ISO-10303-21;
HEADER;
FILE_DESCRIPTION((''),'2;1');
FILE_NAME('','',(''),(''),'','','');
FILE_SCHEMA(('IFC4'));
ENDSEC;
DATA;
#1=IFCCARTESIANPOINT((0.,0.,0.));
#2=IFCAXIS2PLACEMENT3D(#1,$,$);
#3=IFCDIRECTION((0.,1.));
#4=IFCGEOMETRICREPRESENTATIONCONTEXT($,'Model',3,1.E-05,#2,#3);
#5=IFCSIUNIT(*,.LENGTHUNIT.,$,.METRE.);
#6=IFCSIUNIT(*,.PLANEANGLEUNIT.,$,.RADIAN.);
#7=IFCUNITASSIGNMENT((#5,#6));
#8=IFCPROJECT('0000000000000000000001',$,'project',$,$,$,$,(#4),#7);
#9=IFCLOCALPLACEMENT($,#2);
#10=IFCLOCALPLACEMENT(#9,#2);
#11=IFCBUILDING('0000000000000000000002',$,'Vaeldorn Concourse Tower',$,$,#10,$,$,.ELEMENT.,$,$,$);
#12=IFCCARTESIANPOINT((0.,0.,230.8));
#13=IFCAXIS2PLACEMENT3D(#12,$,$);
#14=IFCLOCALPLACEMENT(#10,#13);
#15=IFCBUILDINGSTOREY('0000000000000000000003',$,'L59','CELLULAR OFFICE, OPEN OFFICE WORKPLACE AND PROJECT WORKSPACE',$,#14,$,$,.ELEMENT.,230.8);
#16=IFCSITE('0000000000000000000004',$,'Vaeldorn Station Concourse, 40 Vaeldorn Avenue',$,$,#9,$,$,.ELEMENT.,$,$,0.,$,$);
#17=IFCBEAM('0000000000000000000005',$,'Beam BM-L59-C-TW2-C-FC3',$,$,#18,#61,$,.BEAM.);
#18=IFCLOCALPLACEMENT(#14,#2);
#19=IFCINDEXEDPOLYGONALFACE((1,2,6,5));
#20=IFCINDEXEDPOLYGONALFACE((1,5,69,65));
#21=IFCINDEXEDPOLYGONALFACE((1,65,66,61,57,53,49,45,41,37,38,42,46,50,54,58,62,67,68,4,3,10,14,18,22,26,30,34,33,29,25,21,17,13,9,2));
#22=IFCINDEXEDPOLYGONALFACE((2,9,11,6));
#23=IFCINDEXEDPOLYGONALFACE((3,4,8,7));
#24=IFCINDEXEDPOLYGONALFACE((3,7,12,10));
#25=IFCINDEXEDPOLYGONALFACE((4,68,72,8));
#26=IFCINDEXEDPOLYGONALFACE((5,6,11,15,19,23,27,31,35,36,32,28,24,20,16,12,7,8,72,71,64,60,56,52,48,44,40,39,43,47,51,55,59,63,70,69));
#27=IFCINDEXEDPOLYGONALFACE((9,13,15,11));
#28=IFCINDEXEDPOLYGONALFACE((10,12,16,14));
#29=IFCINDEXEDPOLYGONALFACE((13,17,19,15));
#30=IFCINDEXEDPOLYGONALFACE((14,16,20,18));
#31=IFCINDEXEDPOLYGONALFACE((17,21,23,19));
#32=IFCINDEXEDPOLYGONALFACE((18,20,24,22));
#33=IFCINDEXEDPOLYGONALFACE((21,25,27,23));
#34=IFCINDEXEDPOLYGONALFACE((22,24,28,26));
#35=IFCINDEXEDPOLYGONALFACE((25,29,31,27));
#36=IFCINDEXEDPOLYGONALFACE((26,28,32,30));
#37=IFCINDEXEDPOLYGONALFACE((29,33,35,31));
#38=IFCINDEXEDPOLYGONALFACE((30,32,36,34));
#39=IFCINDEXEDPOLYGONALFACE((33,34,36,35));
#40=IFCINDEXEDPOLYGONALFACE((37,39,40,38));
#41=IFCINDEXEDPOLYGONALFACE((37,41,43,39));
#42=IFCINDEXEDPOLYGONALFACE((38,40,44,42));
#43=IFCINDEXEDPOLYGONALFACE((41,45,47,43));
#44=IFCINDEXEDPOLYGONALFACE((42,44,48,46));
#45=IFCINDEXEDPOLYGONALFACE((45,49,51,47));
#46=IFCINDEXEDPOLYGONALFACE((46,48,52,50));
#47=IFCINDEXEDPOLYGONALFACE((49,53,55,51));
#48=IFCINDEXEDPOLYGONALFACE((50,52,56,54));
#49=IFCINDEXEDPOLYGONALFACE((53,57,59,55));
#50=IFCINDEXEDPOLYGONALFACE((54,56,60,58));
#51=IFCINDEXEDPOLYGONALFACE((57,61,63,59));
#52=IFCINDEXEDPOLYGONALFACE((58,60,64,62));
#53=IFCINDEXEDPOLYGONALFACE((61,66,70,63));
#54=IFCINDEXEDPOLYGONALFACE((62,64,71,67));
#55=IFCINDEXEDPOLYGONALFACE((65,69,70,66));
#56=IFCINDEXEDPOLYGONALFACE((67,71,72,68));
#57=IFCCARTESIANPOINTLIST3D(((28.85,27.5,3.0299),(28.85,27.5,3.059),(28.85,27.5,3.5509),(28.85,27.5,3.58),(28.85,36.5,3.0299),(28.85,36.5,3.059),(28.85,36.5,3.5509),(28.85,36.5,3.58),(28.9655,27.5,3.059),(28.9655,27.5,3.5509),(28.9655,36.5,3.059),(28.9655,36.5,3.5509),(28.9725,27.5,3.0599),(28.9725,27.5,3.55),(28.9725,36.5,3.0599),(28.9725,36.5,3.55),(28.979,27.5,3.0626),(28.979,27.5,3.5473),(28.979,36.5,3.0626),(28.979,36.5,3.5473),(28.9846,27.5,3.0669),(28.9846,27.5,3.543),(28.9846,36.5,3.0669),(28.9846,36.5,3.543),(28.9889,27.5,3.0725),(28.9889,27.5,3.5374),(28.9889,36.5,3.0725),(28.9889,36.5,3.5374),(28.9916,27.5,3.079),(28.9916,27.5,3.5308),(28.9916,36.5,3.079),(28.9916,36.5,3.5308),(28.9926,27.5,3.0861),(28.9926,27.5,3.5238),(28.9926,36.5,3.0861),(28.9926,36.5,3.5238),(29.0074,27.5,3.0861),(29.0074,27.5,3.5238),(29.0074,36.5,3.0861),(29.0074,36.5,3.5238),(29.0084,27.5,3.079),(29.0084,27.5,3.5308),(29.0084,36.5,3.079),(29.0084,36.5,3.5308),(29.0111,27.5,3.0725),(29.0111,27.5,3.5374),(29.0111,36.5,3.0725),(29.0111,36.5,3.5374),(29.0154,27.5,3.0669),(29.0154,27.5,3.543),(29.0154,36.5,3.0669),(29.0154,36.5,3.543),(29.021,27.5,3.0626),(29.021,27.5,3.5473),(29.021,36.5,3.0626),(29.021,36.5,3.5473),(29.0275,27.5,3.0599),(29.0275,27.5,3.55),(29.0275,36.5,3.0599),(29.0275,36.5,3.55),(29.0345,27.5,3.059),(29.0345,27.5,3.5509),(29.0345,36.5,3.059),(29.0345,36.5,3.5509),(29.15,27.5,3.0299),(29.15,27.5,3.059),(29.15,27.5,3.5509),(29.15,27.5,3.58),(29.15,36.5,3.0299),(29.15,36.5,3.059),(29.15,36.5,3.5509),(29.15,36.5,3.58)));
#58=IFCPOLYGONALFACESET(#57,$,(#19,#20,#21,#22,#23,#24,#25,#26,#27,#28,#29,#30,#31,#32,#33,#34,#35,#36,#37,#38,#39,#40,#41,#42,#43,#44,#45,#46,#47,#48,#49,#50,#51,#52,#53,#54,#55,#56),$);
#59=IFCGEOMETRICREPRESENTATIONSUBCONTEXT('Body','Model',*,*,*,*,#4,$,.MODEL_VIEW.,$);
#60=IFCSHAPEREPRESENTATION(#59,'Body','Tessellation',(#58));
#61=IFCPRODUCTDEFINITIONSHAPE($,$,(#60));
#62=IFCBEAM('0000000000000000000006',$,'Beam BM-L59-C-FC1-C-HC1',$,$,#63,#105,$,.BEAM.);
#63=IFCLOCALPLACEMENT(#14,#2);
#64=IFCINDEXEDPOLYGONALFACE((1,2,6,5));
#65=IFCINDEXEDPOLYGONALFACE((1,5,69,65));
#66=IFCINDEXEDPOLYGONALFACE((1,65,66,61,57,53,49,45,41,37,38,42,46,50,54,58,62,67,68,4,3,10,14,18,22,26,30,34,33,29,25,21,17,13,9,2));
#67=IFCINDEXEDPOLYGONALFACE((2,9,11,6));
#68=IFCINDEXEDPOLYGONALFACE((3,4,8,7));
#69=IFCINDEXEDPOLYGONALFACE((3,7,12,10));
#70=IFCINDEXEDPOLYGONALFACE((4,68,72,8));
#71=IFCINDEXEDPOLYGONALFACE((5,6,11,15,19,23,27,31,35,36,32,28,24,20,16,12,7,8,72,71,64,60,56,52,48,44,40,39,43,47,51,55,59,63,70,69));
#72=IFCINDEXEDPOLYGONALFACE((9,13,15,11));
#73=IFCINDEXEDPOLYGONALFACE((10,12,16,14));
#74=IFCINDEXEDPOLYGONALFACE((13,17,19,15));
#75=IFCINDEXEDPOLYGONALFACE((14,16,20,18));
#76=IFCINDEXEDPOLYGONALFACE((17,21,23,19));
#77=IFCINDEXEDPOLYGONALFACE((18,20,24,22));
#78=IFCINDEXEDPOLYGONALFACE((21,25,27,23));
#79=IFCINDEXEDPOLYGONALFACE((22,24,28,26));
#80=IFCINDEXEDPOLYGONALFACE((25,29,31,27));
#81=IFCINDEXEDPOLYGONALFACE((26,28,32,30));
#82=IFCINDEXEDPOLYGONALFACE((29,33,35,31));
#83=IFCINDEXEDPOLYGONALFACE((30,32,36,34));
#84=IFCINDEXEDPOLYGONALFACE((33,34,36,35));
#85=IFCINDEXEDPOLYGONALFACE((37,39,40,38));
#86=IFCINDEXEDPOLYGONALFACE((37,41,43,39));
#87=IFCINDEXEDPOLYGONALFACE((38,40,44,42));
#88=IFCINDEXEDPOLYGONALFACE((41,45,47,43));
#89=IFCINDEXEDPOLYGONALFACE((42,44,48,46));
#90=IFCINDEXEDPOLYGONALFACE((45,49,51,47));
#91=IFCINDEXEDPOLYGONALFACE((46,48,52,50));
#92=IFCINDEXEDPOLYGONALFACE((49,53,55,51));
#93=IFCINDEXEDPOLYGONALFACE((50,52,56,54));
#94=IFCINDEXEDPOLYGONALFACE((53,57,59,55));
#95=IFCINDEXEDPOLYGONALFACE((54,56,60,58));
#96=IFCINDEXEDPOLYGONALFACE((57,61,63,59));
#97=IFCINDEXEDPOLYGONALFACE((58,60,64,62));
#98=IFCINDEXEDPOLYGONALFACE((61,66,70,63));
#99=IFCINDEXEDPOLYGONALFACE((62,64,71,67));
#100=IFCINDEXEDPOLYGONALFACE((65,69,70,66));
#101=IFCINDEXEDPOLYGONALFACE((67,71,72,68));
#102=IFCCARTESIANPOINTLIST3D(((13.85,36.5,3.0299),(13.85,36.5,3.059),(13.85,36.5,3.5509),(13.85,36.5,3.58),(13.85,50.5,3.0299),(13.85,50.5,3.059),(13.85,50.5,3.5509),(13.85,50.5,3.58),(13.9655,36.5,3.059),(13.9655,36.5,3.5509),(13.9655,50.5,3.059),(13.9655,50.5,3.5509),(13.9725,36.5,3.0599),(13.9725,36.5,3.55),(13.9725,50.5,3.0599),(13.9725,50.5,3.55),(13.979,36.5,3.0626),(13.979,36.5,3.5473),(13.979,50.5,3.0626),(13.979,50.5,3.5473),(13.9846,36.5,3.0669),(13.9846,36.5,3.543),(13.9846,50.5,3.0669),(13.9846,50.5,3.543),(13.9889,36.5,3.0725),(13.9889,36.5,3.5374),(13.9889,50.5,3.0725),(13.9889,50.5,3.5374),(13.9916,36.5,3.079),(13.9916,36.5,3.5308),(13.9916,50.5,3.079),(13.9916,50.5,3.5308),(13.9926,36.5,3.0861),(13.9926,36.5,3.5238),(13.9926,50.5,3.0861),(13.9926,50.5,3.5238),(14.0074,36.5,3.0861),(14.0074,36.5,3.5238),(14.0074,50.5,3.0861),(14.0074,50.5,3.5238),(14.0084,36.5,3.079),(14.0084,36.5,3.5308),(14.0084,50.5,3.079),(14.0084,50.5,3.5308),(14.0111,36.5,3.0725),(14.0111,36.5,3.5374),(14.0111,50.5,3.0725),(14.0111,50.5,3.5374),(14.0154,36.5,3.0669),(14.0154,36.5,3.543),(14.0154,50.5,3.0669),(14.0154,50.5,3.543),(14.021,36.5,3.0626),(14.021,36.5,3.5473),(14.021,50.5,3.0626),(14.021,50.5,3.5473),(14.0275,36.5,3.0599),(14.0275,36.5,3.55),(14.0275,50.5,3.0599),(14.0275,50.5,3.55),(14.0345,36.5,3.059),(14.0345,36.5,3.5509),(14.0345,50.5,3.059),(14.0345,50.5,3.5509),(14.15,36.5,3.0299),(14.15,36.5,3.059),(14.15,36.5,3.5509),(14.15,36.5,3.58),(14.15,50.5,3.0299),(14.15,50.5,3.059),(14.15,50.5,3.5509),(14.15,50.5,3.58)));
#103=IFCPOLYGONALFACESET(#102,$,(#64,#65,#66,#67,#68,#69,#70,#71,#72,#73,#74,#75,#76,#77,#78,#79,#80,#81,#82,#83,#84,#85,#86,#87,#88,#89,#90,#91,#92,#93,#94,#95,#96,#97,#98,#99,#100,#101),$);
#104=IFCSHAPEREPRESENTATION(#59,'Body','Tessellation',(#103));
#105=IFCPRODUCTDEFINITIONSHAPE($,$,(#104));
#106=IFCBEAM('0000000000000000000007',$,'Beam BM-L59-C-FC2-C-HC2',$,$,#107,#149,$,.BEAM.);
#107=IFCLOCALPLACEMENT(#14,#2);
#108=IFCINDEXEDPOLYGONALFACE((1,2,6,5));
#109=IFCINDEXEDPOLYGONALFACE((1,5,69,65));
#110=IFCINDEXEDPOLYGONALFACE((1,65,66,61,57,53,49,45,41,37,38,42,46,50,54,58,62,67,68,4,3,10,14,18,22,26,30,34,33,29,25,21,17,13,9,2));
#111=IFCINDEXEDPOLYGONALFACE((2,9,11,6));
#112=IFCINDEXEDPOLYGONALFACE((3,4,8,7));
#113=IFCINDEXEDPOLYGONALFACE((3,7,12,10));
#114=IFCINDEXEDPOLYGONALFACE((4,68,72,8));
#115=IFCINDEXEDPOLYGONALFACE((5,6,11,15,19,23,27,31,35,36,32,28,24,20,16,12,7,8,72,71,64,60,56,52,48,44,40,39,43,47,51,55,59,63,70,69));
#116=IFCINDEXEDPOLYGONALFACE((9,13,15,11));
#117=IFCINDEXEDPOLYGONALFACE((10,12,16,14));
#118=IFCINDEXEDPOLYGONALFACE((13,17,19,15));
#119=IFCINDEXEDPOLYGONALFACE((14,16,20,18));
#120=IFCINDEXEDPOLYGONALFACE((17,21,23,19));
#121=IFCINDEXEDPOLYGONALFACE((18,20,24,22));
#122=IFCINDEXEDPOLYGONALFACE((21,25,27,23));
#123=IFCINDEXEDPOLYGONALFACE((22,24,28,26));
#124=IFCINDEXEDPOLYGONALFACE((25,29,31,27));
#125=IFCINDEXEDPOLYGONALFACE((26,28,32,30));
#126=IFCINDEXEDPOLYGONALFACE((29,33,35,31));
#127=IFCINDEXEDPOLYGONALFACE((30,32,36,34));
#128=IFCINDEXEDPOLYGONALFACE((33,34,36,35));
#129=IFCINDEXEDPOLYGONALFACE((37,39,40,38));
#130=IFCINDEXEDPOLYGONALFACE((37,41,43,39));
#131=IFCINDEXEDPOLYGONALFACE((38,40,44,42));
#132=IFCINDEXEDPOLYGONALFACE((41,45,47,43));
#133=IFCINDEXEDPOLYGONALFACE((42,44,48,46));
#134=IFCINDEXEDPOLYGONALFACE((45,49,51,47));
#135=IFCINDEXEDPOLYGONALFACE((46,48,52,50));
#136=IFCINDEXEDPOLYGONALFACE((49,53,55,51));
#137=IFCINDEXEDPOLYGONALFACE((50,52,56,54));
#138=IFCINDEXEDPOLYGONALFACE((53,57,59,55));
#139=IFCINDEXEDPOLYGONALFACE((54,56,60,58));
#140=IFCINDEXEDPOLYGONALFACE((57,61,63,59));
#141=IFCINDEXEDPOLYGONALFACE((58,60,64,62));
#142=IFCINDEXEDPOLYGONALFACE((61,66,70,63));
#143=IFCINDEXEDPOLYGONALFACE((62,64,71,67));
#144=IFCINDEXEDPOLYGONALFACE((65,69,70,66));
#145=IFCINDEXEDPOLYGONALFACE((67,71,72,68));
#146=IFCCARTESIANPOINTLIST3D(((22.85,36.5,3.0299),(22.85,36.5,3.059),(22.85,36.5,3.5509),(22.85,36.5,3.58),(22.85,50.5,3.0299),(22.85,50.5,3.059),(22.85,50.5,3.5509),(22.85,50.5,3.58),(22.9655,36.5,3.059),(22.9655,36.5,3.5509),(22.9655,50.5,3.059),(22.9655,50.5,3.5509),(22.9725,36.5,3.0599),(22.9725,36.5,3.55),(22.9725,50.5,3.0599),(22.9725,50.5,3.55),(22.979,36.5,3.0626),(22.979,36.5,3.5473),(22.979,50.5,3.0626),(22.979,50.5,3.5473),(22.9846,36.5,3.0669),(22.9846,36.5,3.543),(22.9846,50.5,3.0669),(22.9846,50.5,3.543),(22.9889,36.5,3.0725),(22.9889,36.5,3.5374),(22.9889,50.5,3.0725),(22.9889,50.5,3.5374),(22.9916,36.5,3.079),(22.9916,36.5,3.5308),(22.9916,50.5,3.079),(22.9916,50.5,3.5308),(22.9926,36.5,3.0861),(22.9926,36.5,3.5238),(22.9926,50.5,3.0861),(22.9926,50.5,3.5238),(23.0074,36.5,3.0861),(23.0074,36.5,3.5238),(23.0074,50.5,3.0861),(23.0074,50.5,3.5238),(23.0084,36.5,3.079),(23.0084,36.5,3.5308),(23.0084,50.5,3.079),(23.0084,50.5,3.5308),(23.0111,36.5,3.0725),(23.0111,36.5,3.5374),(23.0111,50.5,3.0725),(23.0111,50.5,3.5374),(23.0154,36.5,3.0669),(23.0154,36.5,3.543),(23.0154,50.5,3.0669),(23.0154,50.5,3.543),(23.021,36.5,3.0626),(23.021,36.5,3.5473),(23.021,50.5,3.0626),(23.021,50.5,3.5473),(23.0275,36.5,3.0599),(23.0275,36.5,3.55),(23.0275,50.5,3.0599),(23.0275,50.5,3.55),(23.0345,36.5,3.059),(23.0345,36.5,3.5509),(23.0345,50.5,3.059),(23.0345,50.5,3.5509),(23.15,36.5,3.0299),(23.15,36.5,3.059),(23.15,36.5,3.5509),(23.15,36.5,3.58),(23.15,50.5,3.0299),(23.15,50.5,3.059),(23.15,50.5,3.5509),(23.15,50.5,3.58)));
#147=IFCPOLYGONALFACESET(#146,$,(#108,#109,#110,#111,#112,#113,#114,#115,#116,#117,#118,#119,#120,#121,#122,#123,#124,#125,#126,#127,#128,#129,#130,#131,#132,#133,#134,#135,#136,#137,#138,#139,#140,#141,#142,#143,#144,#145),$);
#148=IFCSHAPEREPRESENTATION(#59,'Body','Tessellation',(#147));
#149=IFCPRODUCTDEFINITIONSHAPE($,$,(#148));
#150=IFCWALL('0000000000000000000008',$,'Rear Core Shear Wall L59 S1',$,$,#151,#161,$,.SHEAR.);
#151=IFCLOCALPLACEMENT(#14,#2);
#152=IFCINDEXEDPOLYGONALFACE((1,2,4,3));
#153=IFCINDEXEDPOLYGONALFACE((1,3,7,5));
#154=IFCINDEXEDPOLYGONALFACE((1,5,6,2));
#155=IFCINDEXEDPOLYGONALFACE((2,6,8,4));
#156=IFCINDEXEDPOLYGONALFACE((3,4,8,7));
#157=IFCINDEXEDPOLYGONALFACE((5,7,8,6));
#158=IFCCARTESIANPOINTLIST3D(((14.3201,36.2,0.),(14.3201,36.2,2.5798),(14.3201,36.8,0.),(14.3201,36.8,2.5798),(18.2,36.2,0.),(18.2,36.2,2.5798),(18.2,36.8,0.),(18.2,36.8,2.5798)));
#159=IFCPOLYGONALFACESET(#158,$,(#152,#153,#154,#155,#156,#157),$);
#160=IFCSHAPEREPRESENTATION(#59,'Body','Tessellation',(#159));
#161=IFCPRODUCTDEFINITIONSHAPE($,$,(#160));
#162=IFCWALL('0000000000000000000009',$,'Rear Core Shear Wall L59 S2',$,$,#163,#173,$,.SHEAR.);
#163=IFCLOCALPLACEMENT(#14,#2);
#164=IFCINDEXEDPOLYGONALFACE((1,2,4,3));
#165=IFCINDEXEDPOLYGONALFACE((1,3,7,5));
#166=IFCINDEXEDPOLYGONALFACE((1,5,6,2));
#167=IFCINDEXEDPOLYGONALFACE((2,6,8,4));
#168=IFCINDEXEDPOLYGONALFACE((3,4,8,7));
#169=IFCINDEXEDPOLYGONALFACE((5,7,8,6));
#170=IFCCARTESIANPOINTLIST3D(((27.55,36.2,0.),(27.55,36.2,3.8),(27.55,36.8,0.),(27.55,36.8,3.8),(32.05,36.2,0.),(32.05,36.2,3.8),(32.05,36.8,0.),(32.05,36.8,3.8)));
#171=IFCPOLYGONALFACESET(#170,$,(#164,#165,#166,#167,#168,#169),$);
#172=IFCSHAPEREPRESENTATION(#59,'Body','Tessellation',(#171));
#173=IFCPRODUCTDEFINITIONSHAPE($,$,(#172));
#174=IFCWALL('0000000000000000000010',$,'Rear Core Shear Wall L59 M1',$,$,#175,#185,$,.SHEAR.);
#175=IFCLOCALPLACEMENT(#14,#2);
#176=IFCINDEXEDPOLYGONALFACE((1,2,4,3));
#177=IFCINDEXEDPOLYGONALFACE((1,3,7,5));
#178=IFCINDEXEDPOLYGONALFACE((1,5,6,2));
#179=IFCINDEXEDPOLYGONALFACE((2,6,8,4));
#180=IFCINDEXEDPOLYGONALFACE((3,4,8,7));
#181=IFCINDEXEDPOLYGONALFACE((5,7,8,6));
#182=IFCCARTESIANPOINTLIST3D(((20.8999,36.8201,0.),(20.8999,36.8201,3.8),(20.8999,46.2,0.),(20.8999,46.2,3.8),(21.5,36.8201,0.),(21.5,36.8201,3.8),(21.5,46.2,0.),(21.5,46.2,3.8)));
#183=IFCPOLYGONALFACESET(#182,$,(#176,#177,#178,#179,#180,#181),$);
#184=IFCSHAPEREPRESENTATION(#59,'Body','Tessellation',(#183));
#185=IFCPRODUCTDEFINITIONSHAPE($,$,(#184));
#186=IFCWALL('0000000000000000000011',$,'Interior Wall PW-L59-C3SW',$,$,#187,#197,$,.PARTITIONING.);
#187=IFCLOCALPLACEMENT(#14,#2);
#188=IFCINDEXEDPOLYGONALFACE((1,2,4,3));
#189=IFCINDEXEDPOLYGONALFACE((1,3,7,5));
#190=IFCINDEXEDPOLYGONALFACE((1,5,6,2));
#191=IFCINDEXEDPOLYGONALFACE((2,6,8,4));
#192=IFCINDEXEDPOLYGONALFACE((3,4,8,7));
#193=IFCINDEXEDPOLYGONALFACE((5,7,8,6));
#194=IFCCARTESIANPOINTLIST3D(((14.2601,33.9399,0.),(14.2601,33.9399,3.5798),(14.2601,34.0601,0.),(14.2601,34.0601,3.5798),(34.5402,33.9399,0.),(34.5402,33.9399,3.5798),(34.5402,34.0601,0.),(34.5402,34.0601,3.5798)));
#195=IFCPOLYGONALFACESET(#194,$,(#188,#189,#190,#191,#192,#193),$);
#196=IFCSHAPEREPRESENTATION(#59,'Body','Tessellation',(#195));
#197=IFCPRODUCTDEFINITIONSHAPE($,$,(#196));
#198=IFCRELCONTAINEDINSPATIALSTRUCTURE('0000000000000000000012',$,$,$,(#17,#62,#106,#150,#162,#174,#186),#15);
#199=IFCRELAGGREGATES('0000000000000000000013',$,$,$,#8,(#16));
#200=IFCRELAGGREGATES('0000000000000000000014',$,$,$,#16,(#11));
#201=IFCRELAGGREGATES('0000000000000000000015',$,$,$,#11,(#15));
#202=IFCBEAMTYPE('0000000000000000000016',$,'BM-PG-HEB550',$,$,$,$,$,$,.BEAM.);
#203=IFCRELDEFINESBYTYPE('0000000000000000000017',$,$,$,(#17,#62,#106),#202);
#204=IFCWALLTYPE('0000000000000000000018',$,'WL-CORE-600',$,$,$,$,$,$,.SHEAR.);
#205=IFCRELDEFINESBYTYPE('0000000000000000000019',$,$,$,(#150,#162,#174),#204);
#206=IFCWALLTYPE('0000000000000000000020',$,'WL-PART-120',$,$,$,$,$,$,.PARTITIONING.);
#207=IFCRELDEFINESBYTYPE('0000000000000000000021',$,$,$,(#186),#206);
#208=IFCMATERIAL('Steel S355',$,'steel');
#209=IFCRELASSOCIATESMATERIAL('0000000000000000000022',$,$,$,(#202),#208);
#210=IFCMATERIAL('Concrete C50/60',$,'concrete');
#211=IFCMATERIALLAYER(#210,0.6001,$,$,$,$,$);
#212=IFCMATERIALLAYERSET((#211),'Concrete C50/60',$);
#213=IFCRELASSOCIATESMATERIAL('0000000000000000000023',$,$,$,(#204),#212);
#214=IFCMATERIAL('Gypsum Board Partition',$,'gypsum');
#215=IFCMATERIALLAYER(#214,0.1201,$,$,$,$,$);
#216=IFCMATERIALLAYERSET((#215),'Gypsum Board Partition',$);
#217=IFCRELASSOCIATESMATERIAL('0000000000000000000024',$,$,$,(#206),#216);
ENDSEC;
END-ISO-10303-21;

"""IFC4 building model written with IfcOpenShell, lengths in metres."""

from ifc_helpers import new_model, si_unit, direction, frame, frame_2d, origin, origin_2d, place, context, subcontext, project, spatial, rectangle, i_section, extrude, source, transform, mapped, material, layer, layer_set, material_profile, profile_set, type_object, element, save


model = new_model("IFC4")

# Units and contexts
model_context = context("Model", 3, precision=1e-05, world=origin(), true_north=direction((0.0, 1.0)))
body_context = subcontext(model_context, "Body", "Model", "MODEL_VIEW")
ifc_project = project(units=[si_unit("LENGTHUNIT", "METRE"), si_unit("PLANEANGLEUNIT", "RADIAN")], contexts=[model_context])

# Site, building, storey
site_placement = place(None, origin())
site = spatial("IfcSite", under=ifc_project, at=site_placement, Name="Vaeldorn Station Concourse, 40 Vaeldorn Avenue", CompositionType="ELEMENT", RefElevation=0.0)
building_placement = place(site_placement, origin())
building = spatial("IfcBuilding", under=site, at=building_placement, Name="Vaeldorn Concourse Tower", CompositionType="ELEMENT")
storey_placement = place(building_placement, frame((0.0, 0.0, 230.8)))
storey = spatial("IfcBuildingStorey", under=building, at=storey_placement, Name="L59", Description="CELLULAR OFFICE, OPEN OFFICE WORKPLACE AND PROJECT WORKSPACE", CompositionType="ELEMENT", Elevation=230.8)

# Shared definitions
ifc_material_1 = material(Name="Steel S355", Category="steel")

# Beams
ifc_material_profile_1 = material_profile(ifc_material_1, i_section(OverallWidth=0.3, OverallDepth=0.55, WebThickness=0.0149, FlangeThickness=0.0291, FilletRadius=0.0271, at=origin_2d()), Name="HEB 550")
ifc_profile_set_1 = profile_set([ifc_material_profile_1], Name="Steel S355")
beam_type_1 = type_object("IfcBeamType", Name="BM-PG-HEB550", PredefinedType="BEAM", material=ifc_profile_set_1)
shared_shape_1 = source(origin(), body_context, "Body", "SweptSolid", [
    extrude(i_section(OverallWidth=0.3, OverallDepth=0.55, WebThickness=0.0149, FlangeThickness=0.0291, FilletRadius=0.0271, at=origin_2d()), origin(), (0.0, 0.0, 1.0), 9.0),
])
for number, where, z_axis, x_axis, name in (
    (1, (29.0, 27.5, 3.3049), (0.0, 1.0, 0.0), (-1.0, 0.0, 0.0), "Beam BM-L59-C-TW2-C-FC3"),
):
    element("IfcBeam", number, at=place(storey_placement, frame(where, z_axis=z_axis, x_axis=x_axis)), inside=storey, type_object=beam_type_1, Name=name, PredefinedType="BEAM", context=body_context, shape_type="MappedRepresentation", body=[
        mapped(shared_shape_1, transform((0.0, 0.0, 0.0), scale=1.0)),
    ])
shared_shape_2 = source(origin(), body_context, "Body", "SweptSolid", [
    extrude(i_section(OverallWidth=0.3, OverallDepth=0.55, WebThickness=0.0149, FlangeThickness=0.0291, FilletRadius=0.0271, at=origin_2d()), origin(), (0.0, 0.0, 1.0), 14.0),
])
for number, where, z_axis, x_axis, name in (
    (2, (14.0, 36.5, 3.3049), (0.0, 1.0, 0.0), (-1.0, 0.0, 0.0), "Beam BM-L59-C-FC1-C-HC1"),
    (3, (23.0, 36.5, 3.3049), (0.0, 1.0, 0.0), (-1.0, 0.0, 0.0), "Beam BM-L59-C-FC2-C-HC2"),
):
    element("IfcBeam", number, at=place(storey_placement, frame(where, z_axis=z_axis, x_axis=x_axis)), inside=storey, type_object=beam_type_1, Name=name, PredefinedType="BEAM", context=body_context, shape_type="MappedRepresentation", body=[
        mapped(shared_shape_2, transform((0.0, 0.0, 0.0), scale=1.0)),
    ])

# Walls
ifc_material_2 = material(Name="Concrete C50/60", Category="concrete")
ifc_layer_1 = layer(ifc_material_2, 0.6001)
ifc_layer_set_1 = layer_set([ifc_layer_1], Name="Concrete C50/60")
wall_type_1 = type_object("IfcWallType", Name="WL-CORE-600", PredefinedType="SHEAR", material=ifc_layer_set_1)
wall_1_placement = place(storey_placement, frame((14.3201, 36.5, 0.0), z_axis=(0.0, 0.0, 1.0), x_axis=(1.0, 0.0, 0.0)))
element("IfcWall", 4, at=wall_1_placement, inside=storey, type_object=wall_type_1, Name="Rear Core Shear Wall L59 S1", PredefinedType="SHEAR", context=body_context, shape_type="SweptSolid", body=[
    extrude(rectangle(XDim=3.8799, YDim=0.6001, at=frame_2d((1.9399, 0.0))), origin(), (0.0, 0.0, 1.0), 2.5798),
])
wall_2_placement = place(storey_placement, frame((27.55, 36.5, 0.0), z_axis=(0.0, 0.0, 1.0), x_axis=(1.0, 0.0, 0.0)))
element("IfcWall", 5, at=wall_2_placement, inside=storey, type_object=wall_type_1, Name="Rear Core Shear Wall L59 S2", PredefinedType="SHEAR", context=body_context, shape_type="SweptSolid", body=[
    extrude(rectangle(XDim=4.5, YDim=0.6001, at=frame_2d((2.25, 0.0))), origin(), (0.0, 0.0, 1.0), 3.8),
])
wall_3_placement = place(storey_placement, frame((21.2, 36.8201, 0.0), z_axis=(0.0, 0.0, 1.0), x_axis=(0.0, 1.0, 0.0)))
element("IfcWall", 6, at=wall_3_placement, inside=storey, type_object=wall_type_1, Name="Rear Core Shear Wall L59 M1", PredefinedType="SHEAR", context=body_context, shape_type="SweptSolid", body=[
    extrude(rectangle(XDim=9.3799, YDim=0.6001, at=frame_2d((4.6899, 0.0))), origin(), (0.0, 0.0, 1.0), 3.8),
])
ifc_material_3 = material(Name="Gypsum Board Partition", Category="gypsum")
ifc_layer_2 = layer(ifc_material_3, 0.1201)
ifc_layer_set_2 = layer_set([ifc_layer_2], Name="Gypsum Board Partition")
wall_type_2 = type_object("IfcWallType", Name="WL-PART-120", PredefinedType="PARTITIONING", material=ifc_layer_set_2)
wall_4_placement = place(storey_placement, frame((14.26, 34.0, 0.0), z_axis=(0.0, 0.0, 1.0), x_axis=(1.0, 0.0, 0.0)))
element("IfcWall", 7, at=wall_4_placement, inside=storey, type_object=wall_type_2, Name="Interior Wall PW-L59-C3SW", PredefinedType="PARTITIONING", context=body_context, shape_type="SweptSolid", body=[
    extrude(rectangle(XDim=20.28, YDim=0.1201, at=frame_2d((10.1401, 0.0))), origin(), (0.0, 0.0, 1.0), 3.5798),
])

save(model, "model.ifc")
